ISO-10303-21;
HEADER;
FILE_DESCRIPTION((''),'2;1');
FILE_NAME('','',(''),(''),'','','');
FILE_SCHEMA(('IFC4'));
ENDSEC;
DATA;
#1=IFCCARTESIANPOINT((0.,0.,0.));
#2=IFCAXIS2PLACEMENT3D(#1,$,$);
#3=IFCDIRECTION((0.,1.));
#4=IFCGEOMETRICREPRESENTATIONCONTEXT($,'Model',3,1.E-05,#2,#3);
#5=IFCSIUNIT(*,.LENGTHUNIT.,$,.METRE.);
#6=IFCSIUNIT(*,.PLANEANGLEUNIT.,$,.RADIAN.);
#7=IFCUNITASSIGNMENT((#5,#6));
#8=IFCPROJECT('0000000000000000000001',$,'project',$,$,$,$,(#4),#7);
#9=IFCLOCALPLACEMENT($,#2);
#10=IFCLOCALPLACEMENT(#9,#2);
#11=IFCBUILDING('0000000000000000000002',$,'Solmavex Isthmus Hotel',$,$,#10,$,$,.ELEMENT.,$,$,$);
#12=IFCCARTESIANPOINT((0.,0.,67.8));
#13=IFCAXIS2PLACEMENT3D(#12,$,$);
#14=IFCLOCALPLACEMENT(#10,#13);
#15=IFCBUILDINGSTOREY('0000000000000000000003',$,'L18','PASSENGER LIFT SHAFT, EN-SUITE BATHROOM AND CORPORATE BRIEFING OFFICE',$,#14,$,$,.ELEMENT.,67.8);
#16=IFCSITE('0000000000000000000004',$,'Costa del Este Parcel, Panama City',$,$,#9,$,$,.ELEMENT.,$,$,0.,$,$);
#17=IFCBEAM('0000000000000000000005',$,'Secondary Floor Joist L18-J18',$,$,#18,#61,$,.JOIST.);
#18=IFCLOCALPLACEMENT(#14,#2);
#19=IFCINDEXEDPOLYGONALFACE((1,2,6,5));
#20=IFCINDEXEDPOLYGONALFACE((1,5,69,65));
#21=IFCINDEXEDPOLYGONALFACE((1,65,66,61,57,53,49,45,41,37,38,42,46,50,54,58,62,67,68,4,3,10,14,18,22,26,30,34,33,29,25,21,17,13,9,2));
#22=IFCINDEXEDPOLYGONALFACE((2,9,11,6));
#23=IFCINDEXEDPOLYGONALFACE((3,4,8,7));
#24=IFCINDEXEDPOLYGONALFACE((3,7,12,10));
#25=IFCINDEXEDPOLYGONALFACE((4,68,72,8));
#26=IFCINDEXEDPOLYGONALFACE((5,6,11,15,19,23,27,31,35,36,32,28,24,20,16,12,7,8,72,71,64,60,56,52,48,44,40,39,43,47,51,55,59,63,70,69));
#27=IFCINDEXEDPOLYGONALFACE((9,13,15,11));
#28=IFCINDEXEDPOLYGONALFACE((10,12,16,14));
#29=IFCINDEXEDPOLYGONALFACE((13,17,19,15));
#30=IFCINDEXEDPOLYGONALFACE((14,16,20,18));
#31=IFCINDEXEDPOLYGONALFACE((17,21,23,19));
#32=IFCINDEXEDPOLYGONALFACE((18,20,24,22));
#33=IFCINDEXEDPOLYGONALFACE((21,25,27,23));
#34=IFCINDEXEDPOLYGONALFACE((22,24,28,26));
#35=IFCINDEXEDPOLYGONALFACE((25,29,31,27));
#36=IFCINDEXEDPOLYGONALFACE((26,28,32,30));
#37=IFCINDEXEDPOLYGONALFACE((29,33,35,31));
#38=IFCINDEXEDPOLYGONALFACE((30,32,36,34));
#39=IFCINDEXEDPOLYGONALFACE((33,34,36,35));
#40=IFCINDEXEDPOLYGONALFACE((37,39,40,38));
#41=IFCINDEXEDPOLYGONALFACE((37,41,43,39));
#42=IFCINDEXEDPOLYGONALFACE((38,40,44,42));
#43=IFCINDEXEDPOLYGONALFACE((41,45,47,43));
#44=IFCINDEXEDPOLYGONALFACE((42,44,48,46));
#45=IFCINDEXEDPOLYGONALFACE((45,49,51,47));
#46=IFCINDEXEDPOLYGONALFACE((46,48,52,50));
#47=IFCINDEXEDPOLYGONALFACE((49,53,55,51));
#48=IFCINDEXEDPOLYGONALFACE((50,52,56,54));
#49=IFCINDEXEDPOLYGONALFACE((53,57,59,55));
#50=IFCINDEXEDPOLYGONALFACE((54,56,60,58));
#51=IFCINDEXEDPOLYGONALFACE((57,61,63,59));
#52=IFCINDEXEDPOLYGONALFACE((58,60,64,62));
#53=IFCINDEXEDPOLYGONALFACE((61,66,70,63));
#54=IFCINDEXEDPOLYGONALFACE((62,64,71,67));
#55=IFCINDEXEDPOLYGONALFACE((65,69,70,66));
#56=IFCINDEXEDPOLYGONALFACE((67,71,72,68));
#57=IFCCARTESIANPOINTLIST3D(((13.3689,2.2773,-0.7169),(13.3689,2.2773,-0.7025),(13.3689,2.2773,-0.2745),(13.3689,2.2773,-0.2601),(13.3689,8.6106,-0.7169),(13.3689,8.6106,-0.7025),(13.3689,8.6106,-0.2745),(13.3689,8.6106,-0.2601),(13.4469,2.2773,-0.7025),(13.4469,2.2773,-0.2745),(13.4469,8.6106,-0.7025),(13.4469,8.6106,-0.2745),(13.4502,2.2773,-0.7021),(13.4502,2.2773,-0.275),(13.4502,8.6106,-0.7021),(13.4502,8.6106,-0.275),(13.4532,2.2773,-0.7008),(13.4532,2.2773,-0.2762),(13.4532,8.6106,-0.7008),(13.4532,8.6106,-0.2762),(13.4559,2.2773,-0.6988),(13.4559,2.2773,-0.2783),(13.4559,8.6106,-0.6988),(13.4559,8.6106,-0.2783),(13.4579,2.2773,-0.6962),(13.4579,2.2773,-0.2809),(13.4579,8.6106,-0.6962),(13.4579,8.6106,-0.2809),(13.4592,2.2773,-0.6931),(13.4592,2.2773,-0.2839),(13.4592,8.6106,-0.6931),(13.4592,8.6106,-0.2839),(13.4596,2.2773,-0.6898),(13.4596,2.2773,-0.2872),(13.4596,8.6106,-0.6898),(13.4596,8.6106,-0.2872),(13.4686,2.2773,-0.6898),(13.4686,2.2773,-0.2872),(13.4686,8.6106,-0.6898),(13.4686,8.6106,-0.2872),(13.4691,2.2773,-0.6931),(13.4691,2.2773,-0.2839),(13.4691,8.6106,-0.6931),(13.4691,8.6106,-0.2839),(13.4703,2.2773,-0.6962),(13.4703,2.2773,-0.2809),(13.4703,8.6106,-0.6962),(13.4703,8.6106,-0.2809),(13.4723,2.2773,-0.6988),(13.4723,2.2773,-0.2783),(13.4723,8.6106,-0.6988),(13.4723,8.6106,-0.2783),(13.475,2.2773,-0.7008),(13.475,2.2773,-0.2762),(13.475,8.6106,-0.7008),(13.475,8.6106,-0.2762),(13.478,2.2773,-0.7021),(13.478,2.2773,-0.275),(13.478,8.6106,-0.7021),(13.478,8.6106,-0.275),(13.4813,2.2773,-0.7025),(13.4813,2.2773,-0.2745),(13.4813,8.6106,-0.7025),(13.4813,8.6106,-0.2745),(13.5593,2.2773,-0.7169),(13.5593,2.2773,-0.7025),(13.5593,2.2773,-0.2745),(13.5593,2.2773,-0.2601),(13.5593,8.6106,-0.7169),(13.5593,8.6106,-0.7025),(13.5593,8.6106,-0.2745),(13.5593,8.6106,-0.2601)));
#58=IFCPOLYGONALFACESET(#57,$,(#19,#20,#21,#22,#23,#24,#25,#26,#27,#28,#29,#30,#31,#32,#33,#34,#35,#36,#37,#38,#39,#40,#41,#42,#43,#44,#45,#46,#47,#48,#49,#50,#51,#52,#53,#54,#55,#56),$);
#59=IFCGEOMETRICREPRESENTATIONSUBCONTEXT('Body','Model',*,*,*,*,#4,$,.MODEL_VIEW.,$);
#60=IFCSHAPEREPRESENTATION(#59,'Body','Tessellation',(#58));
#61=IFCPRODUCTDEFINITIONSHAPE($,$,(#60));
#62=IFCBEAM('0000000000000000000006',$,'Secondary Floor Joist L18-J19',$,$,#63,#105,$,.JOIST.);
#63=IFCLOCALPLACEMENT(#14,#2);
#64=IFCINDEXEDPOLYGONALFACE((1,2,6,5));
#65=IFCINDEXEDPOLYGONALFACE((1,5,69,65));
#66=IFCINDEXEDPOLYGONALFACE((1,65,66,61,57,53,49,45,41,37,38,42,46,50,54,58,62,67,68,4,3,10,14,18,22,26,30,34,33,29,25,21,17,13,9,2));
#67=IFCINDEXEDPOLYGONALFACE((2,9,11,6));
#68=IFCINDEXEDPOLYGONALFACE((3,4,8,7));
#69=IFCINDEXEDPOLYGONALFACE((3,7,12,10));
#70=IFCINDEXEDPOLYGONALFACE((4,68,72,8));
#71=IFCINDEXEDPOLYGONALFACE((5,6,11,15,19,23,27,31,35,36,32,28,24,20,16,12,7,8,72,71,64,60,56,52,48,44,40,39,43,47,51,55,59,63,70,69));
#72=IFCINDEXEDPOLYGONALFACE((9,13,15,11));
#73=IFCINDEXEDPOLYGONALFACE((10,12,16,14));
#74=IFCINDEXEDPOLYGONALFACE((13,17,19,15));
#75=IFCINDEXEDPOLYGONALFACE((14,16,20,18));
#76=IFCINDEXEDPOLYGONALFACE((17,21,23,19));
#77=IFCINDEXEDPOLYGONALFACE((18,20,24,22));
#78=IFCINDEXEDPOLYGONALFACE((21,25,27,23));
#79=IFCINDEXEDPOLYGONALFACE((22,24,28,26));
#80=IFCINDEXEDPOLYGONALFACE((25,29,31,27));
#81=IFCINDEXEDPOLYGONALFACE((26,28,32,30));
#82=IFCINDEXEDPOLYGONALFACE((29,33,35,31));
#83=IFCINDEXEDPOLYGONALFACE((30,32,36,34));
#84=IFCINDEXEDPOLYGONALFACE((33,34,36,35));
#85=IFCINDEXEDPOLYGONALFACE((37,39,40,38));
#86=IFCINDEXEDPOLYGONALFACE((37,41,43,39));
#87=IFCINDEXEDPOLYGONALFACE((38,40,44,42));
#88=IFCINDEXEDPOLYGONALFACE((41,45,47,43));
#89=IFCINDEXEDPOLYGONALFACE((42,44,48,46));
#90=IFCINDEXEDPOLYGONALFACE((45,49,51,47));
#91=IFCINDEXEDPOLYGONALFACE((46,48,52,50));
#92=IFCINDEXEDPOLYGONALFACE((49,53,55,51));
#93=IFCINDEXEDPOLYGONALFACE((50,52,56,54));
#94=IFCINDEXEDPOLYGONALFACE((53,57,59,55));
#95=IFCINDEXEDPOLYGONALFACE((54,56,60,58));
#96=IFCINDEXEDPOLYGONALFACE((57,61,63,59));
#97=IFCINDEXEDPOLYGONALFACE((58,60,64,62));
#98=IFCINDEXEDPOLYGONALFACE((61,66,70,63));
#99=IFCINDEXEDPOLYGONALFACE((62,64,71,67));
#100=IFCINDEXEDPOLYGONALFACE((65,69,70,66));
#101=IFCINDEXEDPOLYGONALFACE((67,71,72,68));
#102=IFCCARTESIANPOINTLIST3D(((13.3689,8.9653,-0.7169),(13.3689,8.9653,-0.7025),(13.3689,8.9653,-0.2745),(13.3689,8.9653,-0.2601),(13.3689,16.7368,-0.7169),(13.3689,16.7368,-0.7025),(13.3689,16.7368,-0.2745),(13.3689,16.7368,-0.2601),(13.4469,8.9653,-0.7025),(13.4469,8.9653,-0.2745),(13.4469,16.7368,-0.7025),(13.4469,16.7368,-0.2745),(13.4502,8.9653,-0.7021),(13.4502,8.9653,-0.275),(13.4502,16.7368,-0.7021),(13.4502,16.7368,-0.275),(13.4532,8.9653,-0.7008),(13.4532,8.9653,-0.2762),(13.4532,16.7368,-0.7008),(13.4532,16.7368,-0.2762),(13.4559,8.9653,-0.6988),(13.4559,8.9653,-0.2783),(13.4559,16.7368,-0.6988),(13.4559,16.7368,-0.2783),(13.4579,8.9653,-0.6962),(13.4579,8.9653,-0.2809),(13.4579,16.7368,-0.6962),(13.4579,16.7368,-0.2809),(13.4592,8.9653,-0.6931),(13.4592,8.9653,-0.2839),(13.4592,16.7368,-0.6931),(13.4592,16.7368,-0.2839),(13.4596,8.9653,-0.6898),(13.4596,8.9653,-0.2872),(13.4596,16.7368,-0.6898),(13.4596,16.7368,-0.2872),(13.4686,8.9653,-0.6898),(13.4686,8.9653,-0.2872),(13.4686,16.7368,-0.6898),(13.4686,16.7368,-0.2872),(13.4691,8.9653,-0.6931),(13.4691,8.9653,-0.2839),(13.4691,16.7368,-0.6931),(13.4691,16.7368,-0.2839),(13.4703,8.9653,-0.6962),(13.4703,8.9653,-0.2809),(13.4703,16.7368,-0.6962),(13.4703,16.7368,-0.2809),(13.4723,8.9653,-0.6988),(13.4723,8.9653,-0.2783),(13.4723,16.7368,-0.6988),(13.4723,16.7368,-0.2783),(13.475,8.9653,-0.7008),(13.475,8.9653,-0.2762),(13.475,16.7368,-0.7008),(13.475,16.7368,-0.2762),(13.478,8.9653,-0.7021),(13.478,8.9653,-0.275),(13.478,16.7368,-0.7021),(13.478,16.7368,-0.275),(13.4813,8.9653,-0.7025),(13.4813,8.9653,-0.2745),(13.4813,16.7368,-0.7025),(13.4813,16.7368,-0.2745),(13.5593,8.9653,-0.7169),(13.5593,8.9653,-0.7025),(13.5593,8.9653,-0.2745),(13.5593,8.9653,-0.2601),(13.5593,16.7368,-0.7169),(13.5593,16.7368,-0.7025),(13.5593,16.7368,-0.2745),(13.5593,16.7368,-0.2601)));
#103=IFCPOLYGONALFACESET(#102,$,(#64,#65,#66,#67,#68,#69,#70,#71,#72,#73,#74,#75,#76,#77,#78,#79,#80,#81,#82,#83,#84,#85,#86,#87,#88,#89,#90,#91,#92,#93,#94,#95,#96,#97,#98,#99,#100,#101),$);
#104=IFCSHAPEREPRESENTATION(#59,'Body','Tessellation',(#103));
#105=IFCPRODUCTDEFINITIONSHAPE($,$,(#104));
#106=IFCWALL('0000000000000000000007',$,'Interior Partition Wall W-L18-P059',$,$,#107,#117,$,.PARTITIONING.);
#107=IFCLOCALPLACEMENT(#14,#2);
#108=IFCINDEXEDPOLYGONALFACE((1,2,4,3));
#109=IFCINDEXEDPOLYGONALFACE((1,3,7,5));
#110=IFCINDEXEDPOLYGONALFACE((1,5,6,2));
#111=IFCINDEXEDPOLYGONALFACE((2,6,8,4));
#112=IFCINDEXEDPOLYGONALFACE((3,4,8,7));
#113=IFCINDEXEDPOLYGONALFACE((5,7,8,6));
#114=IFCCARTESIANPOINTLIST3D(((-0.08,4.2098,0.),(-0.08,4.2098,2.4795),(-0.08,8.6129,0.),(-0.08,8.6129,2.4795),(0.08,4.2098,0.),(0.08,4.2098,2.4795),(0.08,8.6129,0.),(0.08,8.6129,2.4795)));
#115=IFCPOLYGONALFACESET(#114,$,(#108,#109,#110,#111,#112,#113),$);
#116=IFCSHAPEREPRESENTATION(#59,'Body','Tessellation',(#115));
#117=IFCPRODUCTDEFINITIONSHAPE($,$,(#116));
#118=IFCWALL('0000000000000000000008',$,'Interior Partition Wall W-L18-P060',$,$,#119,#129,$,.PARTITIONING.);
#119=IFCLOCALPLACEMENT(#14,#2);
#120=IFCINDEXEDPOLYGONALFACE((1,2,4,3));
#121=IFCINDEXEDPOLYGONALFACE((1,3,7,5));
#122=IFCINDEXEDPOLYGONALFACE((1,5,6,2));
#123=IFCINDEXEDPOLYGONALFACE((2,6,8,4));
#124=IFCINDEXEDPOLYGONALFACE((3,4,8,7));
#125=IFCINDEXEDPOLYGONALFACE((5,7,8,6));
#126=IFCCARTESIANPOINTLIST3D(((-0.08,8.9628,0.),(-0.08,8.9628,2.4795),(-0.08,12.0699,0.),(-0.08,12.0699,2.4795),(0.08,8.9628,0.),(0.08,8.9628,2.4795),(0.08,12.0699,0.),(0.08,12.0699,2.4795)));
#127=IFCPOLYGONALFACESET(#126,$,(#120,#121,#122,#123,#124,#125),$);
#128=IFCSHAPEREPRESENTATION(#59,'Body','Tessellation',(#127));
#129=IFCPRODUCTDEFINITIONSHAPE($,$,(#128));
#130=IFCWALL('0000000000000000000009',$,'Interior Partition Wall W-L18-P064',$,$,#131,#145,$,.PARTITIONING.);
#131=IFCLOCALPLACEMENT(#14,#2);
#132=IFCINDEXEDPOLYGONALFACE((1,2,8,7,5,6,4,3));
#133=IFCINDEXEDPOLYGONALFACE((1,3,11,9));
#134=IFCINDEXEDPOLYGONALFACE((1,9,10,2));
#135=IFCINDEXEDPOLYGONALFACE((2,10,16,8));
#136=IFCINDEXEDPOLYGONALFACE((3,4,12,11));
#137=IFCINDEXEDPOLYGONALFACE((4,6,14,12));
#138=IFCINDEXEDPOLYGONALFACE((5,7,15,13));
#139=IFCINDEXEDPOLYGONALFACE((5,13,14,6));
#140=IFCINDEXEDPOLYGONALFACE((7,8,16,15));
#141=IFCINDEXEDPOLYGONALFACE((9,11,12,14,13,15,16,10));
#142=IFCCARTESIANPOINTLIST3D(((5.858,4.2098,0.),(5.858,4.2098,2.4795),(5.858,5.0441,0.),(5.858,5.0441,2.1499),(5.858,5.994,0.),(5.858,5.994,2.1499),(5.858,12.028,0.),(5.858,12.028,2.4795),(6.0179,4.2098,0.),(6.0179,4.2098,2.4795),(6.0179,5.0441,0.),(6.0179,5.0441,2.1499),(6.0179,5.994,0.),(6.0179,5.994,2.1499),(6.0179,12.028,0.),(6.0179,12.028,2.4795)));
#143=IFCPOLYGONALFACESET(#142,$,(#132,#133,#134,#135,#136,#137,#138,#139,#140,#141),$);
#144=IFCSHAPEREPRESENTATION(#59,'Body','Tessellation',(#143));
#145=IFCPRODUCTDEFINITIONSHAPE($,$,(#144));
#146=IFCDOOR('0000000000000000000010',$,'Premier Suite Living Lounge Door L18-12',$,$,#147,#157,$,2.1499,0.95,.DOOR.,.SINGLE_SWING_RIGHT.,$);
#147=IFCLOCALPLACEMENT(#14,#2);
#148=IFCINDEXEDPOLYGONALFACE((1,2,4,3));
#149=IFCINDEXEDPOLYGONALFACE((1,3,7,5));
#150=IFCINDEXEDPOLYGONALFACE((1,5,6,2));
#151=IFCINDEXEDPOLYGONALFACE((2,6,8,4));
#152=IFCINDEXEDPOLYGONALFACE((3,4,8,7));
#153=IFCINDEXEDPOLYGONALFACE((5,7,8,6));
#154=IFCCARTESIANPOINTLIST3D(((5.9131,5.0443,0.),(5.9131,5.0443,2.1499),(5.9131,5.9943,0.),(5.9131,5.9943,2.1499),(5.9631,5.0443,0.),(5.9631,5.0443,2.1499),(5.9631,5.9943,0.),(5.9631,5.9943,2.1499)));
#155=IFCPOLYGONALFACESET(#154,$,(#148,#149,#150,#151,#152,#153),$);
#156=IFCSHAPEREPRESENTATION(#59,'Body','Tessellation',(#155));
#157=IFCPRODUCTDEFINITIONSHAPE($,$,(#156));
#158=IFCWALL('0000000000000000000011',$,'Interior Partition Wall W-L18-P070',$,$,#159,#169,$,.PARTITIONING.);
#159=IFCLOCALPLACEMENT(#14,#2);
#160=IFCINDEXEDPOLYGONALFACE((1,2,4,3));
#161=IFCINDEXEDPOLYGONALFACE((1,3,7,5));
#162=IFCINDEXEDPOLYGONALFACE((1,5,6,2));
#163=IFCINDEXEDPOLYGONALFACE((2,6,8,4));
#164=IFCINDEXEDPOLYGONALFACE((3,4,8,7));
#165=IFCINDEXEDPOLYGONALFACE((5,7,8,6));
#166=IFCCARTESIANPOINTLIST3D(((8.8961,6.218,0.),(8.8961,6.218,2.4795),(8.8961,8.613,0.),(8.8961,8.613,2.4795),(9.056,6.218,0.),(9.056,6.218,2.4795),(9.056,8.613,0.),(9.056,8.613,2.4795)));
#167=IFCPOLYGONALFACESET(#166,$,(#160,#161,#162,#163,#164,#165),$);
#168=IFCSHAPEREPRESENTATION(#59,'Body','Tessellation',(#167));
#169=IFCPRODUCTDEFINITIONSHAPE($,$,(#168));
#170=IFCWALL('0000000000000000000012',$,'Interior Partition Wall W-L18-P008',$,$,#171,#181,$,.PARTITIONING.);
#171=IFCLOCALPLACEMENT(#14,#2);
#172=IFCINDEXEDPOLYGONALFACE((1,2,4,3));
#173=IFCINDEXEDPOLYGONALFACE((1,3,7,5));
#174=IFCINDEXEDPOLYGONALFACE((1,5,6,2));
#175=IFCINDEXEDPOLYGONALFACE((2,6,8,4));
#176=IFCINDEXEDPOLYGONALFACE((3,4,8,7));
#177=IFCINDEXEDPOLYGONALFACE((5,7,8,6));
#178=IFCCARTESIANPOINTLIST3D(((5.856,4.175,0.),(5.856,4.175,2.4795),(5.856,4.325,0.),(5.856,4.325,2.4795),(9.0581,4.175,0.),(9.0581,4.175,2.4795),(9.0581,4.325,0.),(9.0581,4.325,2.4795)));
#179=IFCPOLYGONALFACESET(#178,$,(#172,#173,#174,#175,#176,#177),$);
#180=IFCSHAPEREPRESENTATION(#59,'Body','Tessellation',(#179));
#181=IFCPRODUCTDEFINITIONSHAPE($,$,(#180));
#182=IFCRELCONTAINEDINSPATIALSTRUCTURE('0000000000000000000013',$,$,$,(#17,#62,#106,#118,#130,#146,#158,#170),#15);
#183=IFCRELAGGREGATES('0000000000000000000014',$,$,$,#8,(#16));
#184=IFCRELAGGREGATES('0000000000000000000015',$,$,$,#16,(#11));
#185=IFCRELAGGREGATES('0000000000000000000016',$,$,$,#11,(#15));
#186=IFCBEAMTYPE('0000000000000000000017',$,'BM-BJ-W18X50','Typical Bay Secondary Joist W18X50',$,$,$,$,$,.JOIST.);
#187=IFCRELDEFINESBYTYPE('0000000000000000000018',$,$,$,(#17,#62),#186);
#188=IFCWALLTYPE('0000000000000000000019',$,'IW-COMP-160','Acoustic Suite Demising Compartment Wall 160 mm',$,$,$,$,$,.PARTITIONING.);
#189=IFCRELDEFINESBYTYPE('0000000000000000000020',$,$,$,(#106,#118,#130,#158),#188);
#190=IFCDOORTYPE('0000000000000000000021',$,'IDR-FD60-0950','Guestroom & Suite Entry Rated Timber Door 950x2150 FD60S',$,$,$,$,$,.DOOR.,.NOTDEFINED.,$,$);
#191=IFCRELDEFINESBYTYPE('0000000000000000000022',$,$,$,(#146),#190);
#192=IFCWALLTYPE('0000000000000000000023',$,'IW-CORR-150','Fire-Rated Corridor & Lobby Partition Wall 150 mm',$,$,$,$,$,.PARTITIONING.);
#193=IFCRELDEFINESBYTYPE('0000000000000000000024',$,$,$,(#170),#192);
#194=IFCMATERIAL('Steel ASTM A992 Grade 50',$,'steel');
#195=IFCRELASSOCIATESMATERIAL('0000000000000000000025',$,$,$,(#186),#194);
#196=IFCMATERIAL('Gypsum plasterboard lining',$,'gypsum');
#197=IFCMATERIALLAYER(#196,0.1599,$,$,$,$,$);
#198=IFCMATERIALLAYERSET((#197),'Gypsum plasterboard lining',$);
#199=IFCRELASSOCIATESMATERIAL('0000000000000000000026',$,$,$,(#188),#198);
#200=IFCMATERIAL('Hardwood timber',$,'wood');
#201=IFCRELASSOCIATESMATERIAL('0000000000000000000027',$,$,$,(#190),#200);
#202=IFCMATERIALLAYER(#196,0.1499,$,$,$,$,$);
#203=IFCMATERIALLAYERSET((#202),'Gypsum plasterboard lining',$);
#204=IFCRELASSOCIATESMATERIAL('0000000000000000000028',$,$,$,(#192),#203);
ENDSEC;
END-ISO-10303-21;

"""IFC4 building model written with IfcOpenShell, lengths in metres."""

from ifc_helpers import new_model, si_unit, direction, frame, frame_2d, origin, origin_2d, place, context, subcontext, project, spatial, rectangle, i_section, extrude, material, layer, layer_set, material_profile, profile_set, type_object, element, fill, save


model = new_model("IFC4")

# Units and contexts
model_context = context("Model", 3, precision=1e-05, world=origin(), true_north=direction((0.0, 1.0)))
body_context = subcontext(model_context, "Body", "Model", "MODEL_VIEW")
ifc_project = project(units=[si_unit("LENGTHUNIT", "METRE"), si_unit("PLANEANGLEUNIT", "RADIAN")], contexts=[model_context])

# Site, building, storey
site_placement = place(None, origin())
site = spatial("IfcSite", under=ifc_project, at=site_placement, Name="Costa del Este Parcel, Panama City", CompositionType="ELEMENT", RefElevation=0.0)
building_placement = place(site_placement, origin())
building = spatial("IfcBuilding", under=site, at=building_placement, Name="Solmavex Isthmus Hotel", CompositionType="ELEMENT")
storey_placement = place(building_placement, frame((0.0, 0.0, 67.8)))
storey = spatial("IfcBuildingStorey", under=building, at=storey_placement, Name="L18", Description="PASSENGER LIFT SHAFT, EN-SUITE BATHROOM AND CORPORATE BRIEFING OFFICE", CompositionType="ELEMENT", Elevation=67.8)

# Beams
ifc_material_1 = material(Name="Steel ASTM A992 Grade 50", Category="steel")
ifc_material_profile_1 = material_profile(ifc_material_1, i_section(OverallWidth=0.1904, OverallDepth=0.4568, WebThickness=0.009, FlangeThickness=0.0144, FilletRadius=0.0127, at=origin_2d()), Name="W18X50")
ifc_profile_set_1 = profile_set([ifc_material_profile_1], Name="Steel ASTM A992 Grade 50")
beam_type_1 = type_object("IfcBeamType", Name="BM-BJ-W18X50", Description="Typical Bay Secondary Joist W18X50", PredefinedType="JOIST", material=ifc_profile_set_1)
beam_1_placement = place(storey_placement, frame((13.4641, 2.2773, -0.4885), z_axis=(0.0, 1.0, 0.0), x_axis=(-1.0, 0.0, 0.0)))
element("IfcBeam", 1, at=beam_1_placement, inside=storey, type_object=beam_type_1, Name="Secondary Floor Joist L18-J18", PredefinedType="JOIST", context=body_context, shape_type="SweptSolid", body=[
    extrude(i_section(OverallWidth=0.1904, OverallDepth=0.4568, WebThickness=0.009, FlangeThickness=0.0144, FilletRadius=0.0127, at=origin_2d()), origin(), (0.0, 0.0, 1.0), 6.3333),
])
beam_2_placement = place(storey_placement, frame((13.4641, 8.9653, -0.4885), z_axis=(0.0, 1.0, 0.0), x_axis=(-1.0, 0.0, 0.0)))
element("IfcBeam", 2, at=beam_2_placement, inside=storey, type_object=beam_type_1, Name="Secondary Floor Joist L18-J19", PredefinedType="JOIST", context=body_context, shape_type="SweptSolid", body=[
    extrude(i_section(OverallWidth=0.1904, OverallDepth=0.4568, WebThickness=0.009, FlangeThickness=0.0144, FilletRadius=0.0127, at=origin_2d()), origin(), (0.0, 0.0, 1.0), 7.7715),
])

# Walls
ifc_material_2 = material(Name="Gypsum plasterboard lining", Category="gypsum")
ifc_layer_1 = layer(ifc_material_2, 0.1599)
ifc_layer_set_1 = layer_set([ifc_layer_1], Name="Gypsum plasterboard lining")
wall_type_1 = type_object("IfcWallType", Name="IW-COMP-160", Description="Acoustic Suite Demising Compartment Wall 160 mm", PredefinedType="PARTITIONING", material=ifc_layer_set_1)
wall_1_placement = place(storey_placement, frame((0.0, 8.613, 0.0), z_axis=(0.0, 0.0, 1.0), x_axis=(0.0, -1.0, 0.0)))
element("IfcWall", 3, at=wall_1_placement, inside=storey, type_object=wall_type_1, Name="Interior Partition Wall W-L18-P059", PredefinedType="PARTITIONING", context=body_context, shape_type="SweptSolid", body=[
    extrude(rectangle(XDim=4.4031, YDim=0.1599, at=frame_2d((2.2017, 0.0))), origin(), (0.0, 0.0, 1.0), 2.4795),
])
wall_2_placement = place(storey_placement, frame((0.0, 12.0701, 0.0), z_axis=(0.0, 0.0, 1.0), x_axis=(0.0, -1.0, 0.0)))
element("IfcWall", 4, at=wall_2_placement, inside=storey, type_object=wall_type_1, Name="Interior Partition Wall W-L18-P060", PredefinedType="PARTITIONING", context=body_context, shape_type="SweptSolid", body=[
    extrude(rectangle(XDim=3.1072, YDim=0.1599, at=frame_2d((1.5537, 0.0))), origin(), (0.0, 0.0, 1.0), 2.4795),
])

# Wall, opening, door
wall_3_placement = place(storey_placement, frame((5.938, 12.0281, 0.0), z_axis=(0.0, 0.0, 1.0), x_axis=(0.0, -1.0, 0.0)))
wall_3 = element("IfcWall", 5, at=wall_3_placement, inside=storey, type_object=wall_type_1, Name="Interior Partition Wall W-L18-P064", PredefinedType="PARTITIONING", context=body_context, shape_type="SweptSolid", body=[
    extrude(rectangle(XDim=7.8181, YDim=0.1599, at=frame_2d((3.9092, 0.0))), origin(), (0.0, 0.0, 1.0), 2.4795),
])
opening_1_placement = place(wall_3_placement, frame((6.0339, 0.0, 0.0)))
opening_1 = element("IfcOpeningElement", 6, at=opening_1_placement, cuts=wall_3, PredefinedType="OPENING", context=body_context, shape_type="SweptSolid", body=[
    extrude(rectangle(XDim=0.95, YDim=2.1499, at=frame_2d((0.4751, 1.075))), frame((0.0, 0.0898, 0.0), z_axis=(0.0, -1.0, 0.0), x_axis=(1.0, 0.0, 0.0)), (0.0, 0.0, 1.0), 0.1799),
])
ifc_material_3 = material(Name="Hardwood timber", Category="wood")
door_type_1 = type_object("IfcDoorType", Name="IDR-FD60-0950", Description="Guestroom & Suite Entry Rated Timber Door 950x2150 FD60S", OperationType="NOTDEFINED", PredefinedType="DOOR", material=ifc_material_3)
door_1_placement = place(opening_1_placement, frame((0.95, 0.0, 0.0), z_axis=(0.0, 0.0, 1.0), x_axis=(-1.0, 0.0, 0.0)))
door_1 = element("IfcDoor", 7, at=door_1_placement, inside=storey, type_object=door_type_1, Name="Premier Suite Living Lounge Door L18-12", OperationType="SINGLE_SWING_RIGHT", OverallHeight=2.1499, OverallWidth=0.95, PredefinedType="DOOR", context=body_context, shape_type="SweptSolid", body=[
    extrude(rectangle(XDim=0.95, YDim=2.1499, at=frame_2d((0.4751, 1.075))), frame((0.0, 0.0249, 0.0), z_axis=(0.0, -1.0, 0.0), x_axis=(1.0, 0.0, 0.0)), (0.0, 0.0, 1.0), 0.05),
])
fill(opening_1, door_1)

# Walls
wall_4_placement = place(storey_placement, frame((8.9761, 8.613, 0.0), z_axis=(0.0, 0.0, 1.0), x_axis=(0.0, -1.0, 0.0)))
element("IfcWall", 8, at=wall_4_placement, inside=storey, type_object=wall_type_1, Name="Interior Partition Wall W-L18-P070", PredefinedType="PARTITIONING", context=body_context, shape_type="SweptSolid", body=[
    extrude(rectangle(XDim=2.395, YDim=0.1599, at=frame_2d((1.1975, 0.0))), origin(), (0.0, 0.0, 1.0), 2.4795),
])
ifc_layer_2 = layer(ifc_material_2, 0.1499)
ifc_layer_set_2 = layer_set([ifc_layer_2], Name="Gypsum plasterboard lining")
wall_type_2 = type_object("IfcWallType", Name="IW-CORR-150", Description="Fire-Rated Corridor & Lobby Partition Wall 150 mm", PredefinedType="PARTITIONING", material=ifc_layer_set_2)
wall_5_placement = place(storey_placement, frame((5.856, 4.25, 0.0), z_axis=(0.0, 0.0, 1.0), x_axis=(1.0, 0.0, 0.0)))
element("IfcWall", 9, at=wall_5_placement, inside=storey, type_object=wall_type_2, Name="Interior Partition Wall W-L18-P008", PredefinedType="PARTITIONING", context=body_context, shape_type="SweptSolid", body=[
    extrude(rectangle(XDim=3.2021, YDim=0.1499, at=frame_2d((1.6011, 0.0))), origin(), (0.0, 0.0, 1.0), 2.4795),
])

save(model, "model.ifc")
